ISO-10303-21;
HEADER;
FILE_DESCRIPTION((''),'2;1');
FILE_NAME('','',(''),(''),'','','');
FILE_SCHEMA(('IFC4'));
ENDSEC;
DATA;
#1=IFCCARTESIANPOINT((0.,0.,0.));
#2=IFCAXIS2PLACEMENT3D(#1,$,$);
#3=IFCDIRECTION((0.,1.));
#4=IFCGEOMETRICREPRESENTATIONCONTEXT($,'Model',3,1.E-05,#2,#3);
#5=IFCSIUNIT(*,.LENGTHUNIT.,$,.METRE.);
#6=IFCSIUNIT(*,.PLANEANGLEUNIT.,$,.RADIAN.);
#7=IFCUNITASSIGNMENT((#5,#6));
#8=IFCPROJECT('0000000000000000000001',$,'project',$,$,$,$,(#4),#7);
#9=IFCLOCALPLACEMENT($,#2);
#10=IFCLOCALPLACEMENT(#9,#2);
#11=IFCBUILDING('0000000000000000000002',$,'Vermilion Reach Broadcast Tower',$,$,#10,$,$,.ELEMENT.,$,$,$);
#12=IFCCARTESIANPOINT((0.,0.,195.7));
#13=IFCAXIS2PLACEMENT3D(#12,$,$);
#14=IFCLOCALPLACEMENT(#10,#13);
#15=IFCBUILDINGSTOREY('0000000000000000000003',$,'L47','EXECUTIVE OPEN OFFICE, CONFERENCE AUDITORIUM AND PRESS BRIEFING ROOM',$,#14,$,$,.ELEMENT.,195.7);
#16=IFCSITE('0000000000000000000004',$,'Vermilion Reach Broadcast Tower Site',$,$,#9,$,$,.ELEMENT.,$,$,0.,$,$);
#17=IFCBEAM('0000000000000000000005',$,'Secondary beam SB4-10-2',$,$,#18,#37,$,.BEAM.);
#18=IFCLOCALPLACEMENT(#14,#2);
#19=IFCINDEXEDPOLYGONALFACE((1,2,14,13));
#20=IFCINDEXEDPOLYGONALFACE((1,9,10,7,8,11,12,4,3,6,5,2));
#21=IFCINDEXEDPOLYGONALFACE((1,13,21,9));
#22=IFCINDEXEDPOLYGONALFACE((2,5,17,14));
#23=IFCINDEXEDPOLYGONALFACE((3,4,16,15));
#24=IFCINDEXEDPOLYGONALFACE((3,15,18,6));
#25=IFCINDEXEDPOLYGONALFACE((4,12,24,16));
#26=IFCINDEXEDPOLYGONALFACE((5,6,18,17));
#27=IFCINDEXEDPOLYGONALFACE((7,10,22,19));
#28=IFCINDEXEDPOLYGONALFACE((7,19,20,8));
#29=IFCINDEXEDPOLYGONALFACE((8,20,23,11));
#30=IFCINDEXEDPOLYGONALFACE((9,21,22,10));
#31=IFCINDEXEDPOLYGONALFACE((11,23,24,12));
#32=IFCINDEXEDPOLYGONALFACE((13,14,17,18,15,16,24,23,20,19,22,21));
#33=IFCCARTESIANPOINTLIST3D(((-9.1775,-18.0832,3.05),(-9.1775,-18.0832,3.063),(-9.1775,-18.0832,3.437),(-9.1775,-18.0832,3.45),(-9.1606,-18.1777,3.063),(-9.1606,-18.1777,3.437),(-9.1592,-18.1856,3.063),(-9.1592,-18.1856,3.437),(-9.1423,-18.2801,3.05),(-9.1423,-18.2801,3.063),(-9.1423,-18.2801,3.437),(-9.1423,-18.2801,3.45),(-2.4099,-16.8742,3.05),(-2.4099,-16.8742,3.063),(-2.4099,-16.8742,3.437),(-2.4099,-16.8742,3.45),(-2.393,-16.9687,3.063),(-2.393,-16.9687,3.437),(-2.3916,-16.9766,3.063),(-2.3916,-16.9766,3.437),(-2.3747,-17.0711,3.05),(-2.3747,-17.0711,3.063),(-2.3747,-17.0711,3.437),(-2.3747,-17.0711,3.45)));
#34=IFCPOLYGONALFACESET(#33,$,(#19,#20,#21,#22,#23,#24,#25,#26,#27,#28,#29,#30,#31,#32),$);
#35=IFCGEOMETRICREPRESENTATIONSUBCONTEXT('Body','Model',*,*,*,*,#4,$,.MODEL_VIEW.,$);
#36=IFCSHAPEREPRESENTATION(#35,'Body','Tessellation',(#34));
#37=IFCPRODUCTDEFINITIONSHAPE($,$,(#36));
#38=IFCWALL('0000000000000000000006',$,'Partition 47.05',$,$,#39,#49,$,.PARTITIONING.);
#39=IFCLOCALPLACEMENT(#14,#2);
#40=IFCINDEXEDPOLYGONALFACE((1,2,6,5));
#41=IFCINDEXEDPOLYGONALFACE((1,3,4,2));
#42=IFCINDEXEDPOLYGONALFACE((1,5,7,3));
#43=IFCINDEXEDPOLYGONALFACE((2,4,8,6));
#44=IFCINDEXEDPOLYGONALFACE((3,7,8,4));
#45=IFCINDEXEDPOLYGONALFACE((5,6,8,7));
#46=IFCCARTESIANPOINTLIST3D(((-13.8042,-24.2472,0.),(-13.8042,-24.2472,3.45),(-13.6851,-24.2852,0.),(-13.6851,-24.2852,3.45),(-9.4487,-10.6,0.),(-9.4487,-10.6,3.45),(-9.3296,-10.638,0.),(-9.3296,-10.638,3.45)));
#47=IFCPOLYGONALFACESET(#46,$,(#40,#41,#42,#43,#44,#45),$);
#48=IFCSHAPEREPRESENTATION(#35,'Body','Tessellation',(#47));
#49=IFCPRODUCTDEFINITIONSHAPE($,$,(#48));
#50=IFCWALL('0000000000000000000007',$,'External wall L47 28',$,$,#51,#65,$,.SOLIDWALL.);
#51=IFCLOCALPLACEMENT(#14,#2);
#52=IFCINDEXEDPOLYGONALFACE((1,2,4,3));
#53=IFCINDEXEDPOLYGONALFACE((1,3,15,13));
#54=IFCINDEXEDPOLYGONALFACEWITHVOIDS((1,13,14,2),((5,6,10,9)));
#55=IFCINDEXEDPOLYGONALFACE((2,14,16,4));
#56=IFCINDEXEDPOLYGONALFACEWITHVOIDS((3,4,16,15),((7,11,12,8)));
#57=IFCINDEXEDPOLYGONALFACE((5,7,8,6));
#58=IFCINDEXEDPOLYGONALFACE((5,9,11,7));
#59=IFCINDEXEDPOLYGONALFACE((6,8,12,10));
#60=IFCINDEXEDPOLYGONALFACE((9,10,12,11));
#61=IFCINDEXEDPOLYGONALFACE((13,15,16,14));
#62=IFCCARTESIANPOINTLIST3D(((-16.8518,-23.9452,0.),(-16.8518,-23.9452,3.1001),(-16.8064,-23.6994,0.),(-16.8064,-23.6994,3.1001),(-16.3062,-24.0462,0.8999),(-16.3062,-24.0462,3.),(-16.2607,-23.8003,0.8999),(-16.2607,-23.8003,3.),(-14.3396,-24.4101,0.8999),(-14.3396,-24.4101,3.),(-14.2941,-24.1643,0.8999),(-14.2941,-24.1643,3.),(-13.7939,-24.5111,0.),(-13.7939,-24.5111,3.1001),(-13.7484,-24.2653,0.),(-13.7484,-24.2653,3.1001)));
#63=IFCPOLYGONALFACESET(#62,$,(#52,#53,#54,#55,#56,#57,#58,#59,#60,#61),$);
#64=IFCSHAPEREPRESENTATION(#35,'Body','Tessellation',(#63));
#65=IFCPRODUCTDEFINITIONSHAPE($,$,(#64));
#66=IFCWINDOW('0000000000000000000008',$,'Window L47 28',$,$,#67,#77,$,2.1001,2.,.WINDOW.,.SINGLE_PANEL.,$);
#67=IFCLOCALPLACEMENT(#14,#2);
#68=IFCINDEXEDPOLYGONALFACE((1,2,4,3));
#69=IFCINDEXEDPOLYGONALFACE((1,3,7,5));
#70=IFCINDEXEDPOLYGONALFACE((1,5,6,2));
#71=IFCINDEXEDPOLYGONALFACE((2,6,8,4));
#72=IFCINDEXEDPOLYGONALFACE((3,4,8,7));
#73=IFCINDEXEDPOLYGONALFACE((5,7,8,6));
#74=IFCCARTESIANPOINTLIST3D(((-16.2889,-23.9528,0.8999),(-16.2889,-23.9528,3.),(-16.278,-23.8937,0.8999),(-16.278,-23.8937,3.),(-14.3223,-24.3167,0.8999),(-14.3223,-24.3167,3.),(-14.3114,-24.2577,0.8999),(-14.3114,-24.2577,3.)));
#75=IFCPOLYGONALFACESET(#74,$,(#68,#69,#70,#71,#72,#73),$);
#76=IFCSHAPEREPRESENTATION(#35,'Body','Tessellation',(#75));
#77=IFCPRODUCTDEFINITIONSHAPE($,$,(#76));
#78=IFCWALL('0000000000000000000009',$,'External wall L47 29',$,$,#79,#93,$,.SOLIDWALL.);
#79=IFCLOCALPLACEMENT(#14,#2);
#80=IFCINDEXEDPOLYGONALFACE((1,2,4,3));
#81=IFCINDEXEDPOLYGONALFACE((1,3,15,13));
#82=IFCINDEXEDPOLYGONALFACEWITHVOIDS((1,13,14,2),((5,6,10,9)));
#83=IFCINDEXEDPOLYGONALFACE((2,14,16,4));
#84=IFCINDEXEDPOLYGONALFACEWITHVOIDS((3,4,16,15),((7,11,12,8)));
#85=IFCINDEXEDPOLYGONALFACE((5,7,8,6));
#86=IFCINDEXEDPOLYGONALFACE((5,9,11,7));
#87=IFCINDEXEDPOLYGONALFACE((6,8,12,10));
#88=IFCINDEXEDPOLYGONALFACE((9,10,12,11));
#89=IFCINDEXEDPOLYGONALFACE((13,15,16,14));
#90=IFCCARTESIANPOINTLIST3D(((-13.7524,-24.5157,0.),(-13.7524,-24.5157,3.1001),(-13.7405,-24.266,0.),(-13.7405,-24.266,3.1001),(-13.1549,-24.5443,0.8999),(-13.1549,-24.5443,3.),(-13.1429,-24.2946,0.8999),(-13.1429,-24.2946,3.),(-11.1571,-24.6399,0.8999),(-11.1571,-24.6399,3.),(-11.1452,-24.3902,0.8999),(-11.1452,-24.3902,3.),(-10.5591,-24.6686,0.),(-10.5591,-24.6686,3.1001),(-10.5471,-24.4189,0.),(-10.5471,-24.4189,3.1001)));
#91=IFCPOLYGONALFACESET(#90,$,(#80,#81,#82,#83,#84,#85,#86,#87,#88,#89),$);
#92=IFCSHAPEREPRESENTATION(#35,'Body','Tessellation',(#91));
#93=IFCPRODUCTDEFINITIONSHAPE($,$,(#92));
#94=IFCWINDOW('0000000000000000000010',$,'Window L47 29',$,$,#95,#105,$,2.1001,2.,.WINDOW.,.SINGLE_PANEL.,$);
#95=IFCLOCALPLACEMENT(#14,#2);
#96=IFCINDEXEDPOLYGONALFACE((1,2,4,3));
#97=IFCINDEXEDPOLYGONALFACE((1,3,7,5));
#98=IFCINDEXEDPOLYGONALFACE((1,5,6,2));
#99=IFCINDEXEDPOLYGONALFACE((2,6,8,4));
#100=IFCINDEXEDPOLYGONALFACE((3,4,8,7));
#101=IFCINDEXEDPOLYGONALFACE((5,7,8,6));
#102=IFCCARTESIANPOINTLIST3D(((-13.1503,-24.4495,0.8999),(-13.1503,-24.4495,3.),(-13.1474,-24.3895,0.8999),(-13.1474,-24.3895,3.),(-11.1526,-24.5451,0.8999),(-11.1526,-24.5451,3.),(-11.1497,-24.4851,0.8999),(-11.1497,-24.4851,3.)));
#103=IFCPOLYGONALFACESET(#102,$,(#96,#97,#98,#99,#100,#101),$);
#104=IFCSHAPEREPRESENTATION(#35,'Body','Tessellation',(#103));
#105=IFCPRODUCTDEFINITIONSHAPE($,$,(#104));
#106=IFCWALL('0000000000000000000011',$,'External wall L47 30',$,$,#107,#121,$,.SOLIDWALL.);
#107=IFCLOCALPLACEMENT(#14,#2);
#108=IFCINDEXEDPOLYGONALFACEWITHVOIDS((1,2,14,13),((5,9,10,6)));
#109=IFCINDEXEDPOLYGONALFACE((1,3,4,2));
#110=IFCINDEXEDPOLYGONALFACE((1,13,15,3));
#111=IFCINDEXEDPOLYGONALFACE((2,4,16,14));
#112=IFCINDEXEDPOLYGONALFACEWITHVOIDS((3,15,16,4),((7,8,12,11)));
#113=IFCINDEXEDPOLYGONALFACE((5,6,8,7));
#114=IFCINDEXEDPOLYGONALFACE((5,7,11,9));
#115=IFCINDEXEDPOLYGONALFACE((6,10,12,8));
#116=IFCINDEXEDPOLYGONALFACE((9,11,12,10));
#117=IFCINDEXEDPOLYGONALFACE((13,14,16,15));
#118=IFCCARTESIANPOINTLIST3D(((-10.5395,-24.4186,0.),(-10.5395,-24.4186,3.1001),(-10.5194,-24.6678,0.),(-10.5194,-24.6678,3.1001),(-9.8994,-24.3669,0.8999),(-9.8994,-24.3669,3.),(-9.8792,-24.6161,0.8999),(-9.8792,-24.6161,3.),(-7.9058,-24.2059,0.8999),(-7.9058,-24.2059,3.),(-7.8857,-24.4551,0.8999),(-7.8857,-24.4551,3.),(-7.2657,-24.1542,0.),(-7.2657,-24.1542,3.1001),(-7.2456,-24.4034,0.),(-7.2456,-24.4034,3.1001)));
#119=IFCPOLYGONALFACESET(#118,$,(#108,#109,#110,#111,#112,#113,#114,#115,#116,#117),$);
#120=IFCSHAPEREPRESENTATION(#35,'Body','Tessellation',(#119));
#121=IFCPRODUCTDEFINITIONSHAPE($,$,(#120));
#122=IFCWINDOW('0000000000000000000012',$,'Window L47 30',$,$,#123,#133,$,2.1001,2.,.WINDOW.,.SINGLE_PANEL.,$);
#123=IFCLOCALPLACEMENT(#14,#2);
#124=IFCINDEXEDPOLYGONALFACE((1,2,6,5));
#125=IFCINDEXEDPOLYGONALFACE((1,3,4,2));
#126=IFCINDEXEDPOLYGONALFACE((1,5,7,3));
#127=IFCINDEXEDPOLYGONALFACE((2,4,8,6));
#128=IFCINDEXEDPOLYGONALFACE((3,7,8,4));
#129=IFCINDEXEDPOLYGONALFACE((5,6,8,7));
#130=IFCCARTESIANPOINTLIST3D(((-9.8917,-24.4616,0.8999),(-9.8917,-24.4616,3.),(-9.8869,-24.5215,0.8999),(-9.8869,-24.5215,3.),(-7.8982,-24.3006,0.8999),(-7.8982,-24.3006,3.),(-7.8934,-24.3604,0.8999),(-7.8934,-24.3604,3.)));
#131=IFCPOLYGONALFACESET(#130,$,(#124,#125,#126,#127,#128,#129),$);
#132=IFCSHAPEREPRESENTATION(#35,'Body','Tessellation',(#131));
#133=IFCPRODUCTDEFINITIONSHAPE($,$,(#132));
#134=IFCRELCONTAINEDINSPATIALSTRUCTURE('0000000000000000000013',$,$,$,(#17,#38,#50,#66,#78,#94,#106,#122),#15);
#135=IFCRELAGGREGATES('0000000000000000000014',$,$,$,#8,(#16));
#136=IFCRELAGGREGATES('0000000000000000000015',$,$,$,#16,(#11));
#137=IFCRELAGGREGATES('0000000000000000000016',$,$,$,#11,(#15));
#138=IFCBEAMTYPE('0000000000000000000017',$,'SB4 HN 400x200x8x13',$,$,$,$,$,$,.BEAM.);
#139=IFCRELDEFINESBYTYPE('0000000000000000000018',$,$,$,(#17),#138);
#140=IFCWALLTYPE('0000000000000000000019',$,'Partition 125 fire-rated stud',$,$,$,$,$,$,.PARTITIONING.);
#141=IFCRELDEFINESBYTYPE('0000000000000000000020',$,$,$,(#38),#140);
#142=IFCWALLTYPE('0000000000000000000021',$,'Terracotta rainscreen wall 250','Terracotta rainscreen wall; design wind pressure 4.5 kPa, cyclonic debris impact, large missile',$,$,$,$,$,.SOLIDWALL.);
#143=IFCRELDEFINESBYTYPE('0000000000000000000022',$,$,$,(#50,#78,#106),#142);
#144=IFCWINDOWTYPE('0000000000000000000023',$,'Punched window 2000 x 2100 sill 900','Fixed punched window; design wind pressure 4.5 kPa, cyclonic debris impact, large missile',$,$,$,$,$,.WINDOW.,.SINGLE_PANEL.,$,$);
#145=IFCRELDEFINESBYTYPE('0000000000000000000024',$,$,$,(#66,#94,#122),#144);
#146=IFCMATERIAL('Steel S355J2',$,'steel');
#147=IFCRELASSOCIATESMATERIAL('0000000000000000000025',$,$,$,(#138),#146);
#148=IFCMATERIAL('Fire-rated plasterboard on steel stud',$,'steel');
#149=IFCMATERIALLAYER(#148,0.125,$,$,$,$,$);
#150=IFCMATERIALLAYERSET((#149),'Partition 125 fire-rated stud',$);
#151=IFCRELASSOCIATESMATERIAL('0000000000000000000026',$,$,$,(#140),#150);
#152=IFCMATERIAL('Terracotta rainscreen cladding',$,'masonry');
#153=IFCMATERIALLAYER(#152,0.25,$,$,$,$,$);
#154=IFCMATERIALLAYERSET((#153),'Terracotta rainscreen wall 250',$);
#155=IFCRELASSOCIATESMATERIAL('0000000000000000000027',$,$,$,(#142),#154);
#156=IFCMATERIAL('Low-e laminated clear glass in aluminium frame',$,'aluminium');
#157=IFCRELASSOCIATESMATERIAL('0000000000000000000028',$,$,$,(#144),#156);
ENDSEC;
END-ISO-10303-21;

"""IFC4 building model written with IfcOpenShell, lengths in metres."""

from ifc_helpers import new_model, si_unit, direction, frame, frame_2d, origin, origin_2d, place, context, subcontext, project, spatial, rectangle, i_section, extrude, material, layer, layer_set, material_profile, profile_set, type_object, element, fill, save


model = new_model("IFC4")

# Units and contexts
model_context = context("Model", 3, precision=1e-05, world=origin(), true_north=direction((0.0, 1.0)))
body_context = subcontext(model_context, "Body", "Model", "MODEL_VIEW")
ifc_project = project(units=[si_unit("LENGTHUNIT", "METRE"), si_unit("PLANEANGLEUNIT", "RADIAN")], contexts=[model_context])

# Site, building, storey
site_placement = place(None, origin())
site = spatial("IfcSite", under=ifc_project, at=site_placement, Name="Vermilion Reach Broadcast Tower Site", CompositionType="ELEMENT", RefElevation=0.0)
building_placement = place(site_placement, origin())
building = spatial("IfcBuilding", under=site, at=building_placement, Name="Vermilion Reach Broadcast Tower", CompositionType="ELEMENT")
storey_placement = place(building_placement, frame((0.0, 0.0, 195.7)))
storey = spatial("IfcBuildingStorey", under=building, at=storey_placement, Name="L47", Description="EXECUTIVE OPEN OFFICE, CONFERENCE AUDITORIUM AND PRESS BRIEFING ROOM", CompositionType="ELEMENT", Elevation=195.7)

# Beam
ifc_material_1 = material(Name="Steel S355J2", Category="steel")
ifc_material_profile_1 = material_profile(ifc_material_1, i_section(OverallWidth=0.2, OverallDepth=0.3999, WebThickness=0.0081, FlangeThickness=0.0129, at=origin_2d()), Name="S355J2 HN 400x200x8x13")
ifc_profile_set_1 = profile_set([ifc_material_profile_1], Name="Steel S355J2")
beam_type_1 = type_object("IfcBeamType", Name="SB4 HN 400x200x8x13", PredefinedType="BEAM", material=ifc_profile_set_1)
beam_1_placement = place(storey_placement, frame((-9.1599, -18.1816, 3.25), z_axis=(0.984415, 0.175859, 0.0), x_axis=(-0.175859, 0.984415, 0.0)))
element("IfcBeam", 1, at=beam_1_placement, inside=storey, type_object=beam_type_1, Name="Secondary beam SB4-10-2", PredefinedType="BEAM", context=body_context, shape_type="SweptSolid", body=[
    extrude(i_section(OverallWidth=0.2, OverallDepth=0.3999, WebThickness=0.0081, FlangeThickness=0.0129, at=origin_2d()), origin(), (0.0, 0.0, 1.0), 6.8748),
])

# Wall
ifc_material_2 = material(Name="Fire-rated plasterboard on steel stud", Category="steel")
ifc_layer_1 = layer(ifc_material_2, 0.125)
ifc_layer_set_1 = layer_set([ifc_layer_1], Name="Partition 125 fire-rated stud")
wall_type_1 = type_object("IfcWallType", Name="Partition 125 fire-rated stud", PredefinedType="PARTITIONING", material=ifc_layer_set_1)
wall_1_placement = place(storey_placement, frame((-13.7446, -24.2661, 0.0), z_axis=(0.0, 0.0, 1.0), x_axis=(0.304039, 0.95266, 0.0)))
element("IfcWall", 2, at=wall_1_placement, inside=storey, type_object=wall_type_1, Name="Partition 47.05", PredefinedType="PARTITIONING", context=body_context, shape_type="SweptSolid", body=[
    extrude(rectangle(XDim=14.3254, YDim=0.125, at=frame_2d((7.1626, 0.0))), origin(), (0.0, 0.0, 1.0), 3.45),
])

# Shared definitions
ifc_material_3 = material(Name="Terracotta rainscreen cladding", Category="masonry")
ifc_layer_2 = layer(ifc_material_3, 0.25)
ifc_layer_set_2 = layer_set([ifc_layer_2], Name="Terracotta rainscreen wall 250")
wall_type_2 = type_object("IfcWallType", Name="Terracotta rainscreen wall 250", Description="Terracotta rainscreen wall; design wind pressure 4.5 kPa, cyclonic debris impact, large missile", PredefinedType="SOLIDWALL", material=ifc_layer_set_2)

# Walls, openings, windows
wall_2_placement = place(storey_placement, frame((-16.8291, -23.8223, 0.0), z_axis=(0.0, 0.0, 1.0), x_axis=(0.983302, -0.18198, 0.0)))
wall_2 = element("IfcWall", 3, at=wall_2_placement, inside=storey, type_object=wall_type_2, Name="External wall L47 28", PredefinedType="SOLIDWALL", context=body_context, shape_type="SweptSolid", body=[
    extrude(rectangle(XDim=3.1099, YDim=0.25, at=frame_2d((1.5549, 0.0))), origin(), (0.0, 0.0, 1.0), 3.1001),
])
opening_1_placement = place(wall_2_placement, frame((0.5549, 0.0, 0.8999)))
opening_1 = element("IfcOpeningElement", 4, at=opening_1_placement, cuts=wall_2, PredefinedType="OPENING", context=body_context, shape_type="SweptSolid", body=[
    extrude(rectangle(XDim=2.0, YDim=2.1001, at=frame_2d((1.0, 1.05))), frame((0.0, 0.135, 0.0), z_axis=(0.0, -1.0, 0.0), x_axis=(1.0, 0.0, 0.0)), (0.0, 0.0, 1.0), 0.27),
])
ifc_material_4 = material(Name="Low-e laminated clear glass in aluminium frame", Category="aluminium")
window_type = type_object("IfcWindowType", Name="Punched window 2000 x 2100 sill 900", Description="Fixed punched window; design wind pressure 4.5 kPa, cyclonic debris impact, large missile", PartitioningType="SINGLE_PANEL", PredefinedType="WINDOW", material=ifc_material_4)
window_1_placement = place(opening_1_placement, origin())
window_1 = element("IfcWindow", 5, at=window_1_placement, inside=storey, type_object=window_type, Name="Window L47 28", OverallHeight=2.1001, OverallWidth=2.0, PartitioningType="SINGLE_PANEL", PredefinedType="WINDOW", context=body_context, shape_type="SweptSolid", body=[
    extrude(rectangle(XDim=2.0, YDim=2.1001, at=frame_2d((1.0, 1.05))), frame((0.0, 0.03, 0.0), z_axis=(0.0, -1.0, 0.0), x_axis=(1.0, 0.0, 0.0)), (0.0, 0.0, 1.0), 0.0601),
])
fill(opening_1, window_1)
wall_3_placement = place(storey_placement, frame((-13.7466, -24.3909, 0.0), z_axis=(0.0, 0.0, 1.0), x_axis=(0.998857, -0.047805, 0.0)))
wall_3 = element("IfcWall", 6, at=wall_3_placement, inside=storey, type_object=wall_type_2, Name="External wall L47 29", PredefinedType="SOLIDWALL", context=body_context, shape_type="SweptSolid", body=[
    extrude(rectangle(XDim=3.197, YDim=0.25, at=frame_2d((1.5986, 0.0))), origin(), (0.0, 0.0, 1.0), 3.1001),
])
opening_2_placement = place(wall_3_placement, frame((0.5984, 0.0, 0.8999)))
opening_2 = element("IfcOpeningElement", 7, at=opening_2_placement, cuts=wall_3, PredefinedType="OPENING", context=body_context, shape_type="SweptSolid", body=[
    extrude(rectangle(XDim=2.0, YDim=2.1001, at=frame_2d((1.0, 1.05))), frame((0.0, 0.135, 0.0), z_axis=(0.0, -1.0, 0.0), x_axis=(1.0, 0.0, 0.0)), (0.0, 0.0, 1.0), 0.27),
])
window_2_placement = place(opening_2_placement, origin())
window_2 = element("IfcWindow", 8, at=window_2_placement, inside=storey, type_object=window_type, Name="Window L47 29", OverallHeight=2.1001, OverallWidth=2.0, PartitioningType="SINGLE_PANEL", PredefinedType="WINDOW", context=body_context, shape_type="SweptSolid", body=[
    extrude(rectangle(XDim=2.0, YDim=2.1001, at=frame_2d((1.0, 1.05))), frame((0.0, 0.03, 0.0), z_axis=(0.0, -1.0, 0.0), x_axis=(1.0, 0.0, 0.0)), (0.0, 0.0, 1.0), 0.0601),
])
fill(opening_2, window_2)
wall_4_placement = place(storey_placement, frame((-10.5293, -24.5432, 0.0), z_axis=(0.0, 0.0, 1.0), x_axis=(0.996754, 0.080505, 0.0)))
wall_4 = element("IfcWall", 9, at=wall_4_placement, inside=storey, type_object=wall_type_2, Name="External wall L47 30", PredefinedType="SOLIDWALL", context=body_context, shape_type="SweptSolid", body=[
    extrude(rectangle(XDim=3.2844, YDim=0.25, at=frame_2d((1.6421, 0.0))), origin(), (0.0, 0.0, 1.0), 3.1001),
])
opening_3_placement = place(wall_4_placement, frame((0.6421, 0.0, 0.8999)))
opening_3 = element("IfcOpeningElement", 10, at=opening_3_placement, cuts=wall_4, PredefinedType="OPENING", context=body_context, shape_type="SweptSolid", body=[
    extrude(rectangle(XDim=2.0, YDim=2.1001, at=frame_2d((1.0, 1.05))), frame((0.0, 0.135, 0.0), z_axis=(0.0, -1.0, 0.0), x_axis=(1.0, 0.0, 0.0)), (0.0, 0.0, 1.0), 0.27),
])
window_3_placement = place(opening_3_placement, origin())
window_3 = element("IfcWindow", 11, at=window_3_placement, inside=storey, type_object=window_type, Name="Window L47 30", OverallHeight=2.1001, OverallWidth=2.0, PartitioningType="SINGLE_PANEL", PredefinedType="WINDOW", context=body_context, shape_type="SweptSolid", body=[
    extrude(rectangle(XDim=2.0, YDim=2.1001, at=frame_2d((1.0, 1.05))), frame((0.0, 0.03, 0.0), z_axis=(0.0, -1.0, 0.0), x_axis=(1.0, 0.0, 0.0)), (0.0, 0.0, 1.0), 0.0601),
])
fill(opening_3, window_3)

save(model, "model.ifc")
